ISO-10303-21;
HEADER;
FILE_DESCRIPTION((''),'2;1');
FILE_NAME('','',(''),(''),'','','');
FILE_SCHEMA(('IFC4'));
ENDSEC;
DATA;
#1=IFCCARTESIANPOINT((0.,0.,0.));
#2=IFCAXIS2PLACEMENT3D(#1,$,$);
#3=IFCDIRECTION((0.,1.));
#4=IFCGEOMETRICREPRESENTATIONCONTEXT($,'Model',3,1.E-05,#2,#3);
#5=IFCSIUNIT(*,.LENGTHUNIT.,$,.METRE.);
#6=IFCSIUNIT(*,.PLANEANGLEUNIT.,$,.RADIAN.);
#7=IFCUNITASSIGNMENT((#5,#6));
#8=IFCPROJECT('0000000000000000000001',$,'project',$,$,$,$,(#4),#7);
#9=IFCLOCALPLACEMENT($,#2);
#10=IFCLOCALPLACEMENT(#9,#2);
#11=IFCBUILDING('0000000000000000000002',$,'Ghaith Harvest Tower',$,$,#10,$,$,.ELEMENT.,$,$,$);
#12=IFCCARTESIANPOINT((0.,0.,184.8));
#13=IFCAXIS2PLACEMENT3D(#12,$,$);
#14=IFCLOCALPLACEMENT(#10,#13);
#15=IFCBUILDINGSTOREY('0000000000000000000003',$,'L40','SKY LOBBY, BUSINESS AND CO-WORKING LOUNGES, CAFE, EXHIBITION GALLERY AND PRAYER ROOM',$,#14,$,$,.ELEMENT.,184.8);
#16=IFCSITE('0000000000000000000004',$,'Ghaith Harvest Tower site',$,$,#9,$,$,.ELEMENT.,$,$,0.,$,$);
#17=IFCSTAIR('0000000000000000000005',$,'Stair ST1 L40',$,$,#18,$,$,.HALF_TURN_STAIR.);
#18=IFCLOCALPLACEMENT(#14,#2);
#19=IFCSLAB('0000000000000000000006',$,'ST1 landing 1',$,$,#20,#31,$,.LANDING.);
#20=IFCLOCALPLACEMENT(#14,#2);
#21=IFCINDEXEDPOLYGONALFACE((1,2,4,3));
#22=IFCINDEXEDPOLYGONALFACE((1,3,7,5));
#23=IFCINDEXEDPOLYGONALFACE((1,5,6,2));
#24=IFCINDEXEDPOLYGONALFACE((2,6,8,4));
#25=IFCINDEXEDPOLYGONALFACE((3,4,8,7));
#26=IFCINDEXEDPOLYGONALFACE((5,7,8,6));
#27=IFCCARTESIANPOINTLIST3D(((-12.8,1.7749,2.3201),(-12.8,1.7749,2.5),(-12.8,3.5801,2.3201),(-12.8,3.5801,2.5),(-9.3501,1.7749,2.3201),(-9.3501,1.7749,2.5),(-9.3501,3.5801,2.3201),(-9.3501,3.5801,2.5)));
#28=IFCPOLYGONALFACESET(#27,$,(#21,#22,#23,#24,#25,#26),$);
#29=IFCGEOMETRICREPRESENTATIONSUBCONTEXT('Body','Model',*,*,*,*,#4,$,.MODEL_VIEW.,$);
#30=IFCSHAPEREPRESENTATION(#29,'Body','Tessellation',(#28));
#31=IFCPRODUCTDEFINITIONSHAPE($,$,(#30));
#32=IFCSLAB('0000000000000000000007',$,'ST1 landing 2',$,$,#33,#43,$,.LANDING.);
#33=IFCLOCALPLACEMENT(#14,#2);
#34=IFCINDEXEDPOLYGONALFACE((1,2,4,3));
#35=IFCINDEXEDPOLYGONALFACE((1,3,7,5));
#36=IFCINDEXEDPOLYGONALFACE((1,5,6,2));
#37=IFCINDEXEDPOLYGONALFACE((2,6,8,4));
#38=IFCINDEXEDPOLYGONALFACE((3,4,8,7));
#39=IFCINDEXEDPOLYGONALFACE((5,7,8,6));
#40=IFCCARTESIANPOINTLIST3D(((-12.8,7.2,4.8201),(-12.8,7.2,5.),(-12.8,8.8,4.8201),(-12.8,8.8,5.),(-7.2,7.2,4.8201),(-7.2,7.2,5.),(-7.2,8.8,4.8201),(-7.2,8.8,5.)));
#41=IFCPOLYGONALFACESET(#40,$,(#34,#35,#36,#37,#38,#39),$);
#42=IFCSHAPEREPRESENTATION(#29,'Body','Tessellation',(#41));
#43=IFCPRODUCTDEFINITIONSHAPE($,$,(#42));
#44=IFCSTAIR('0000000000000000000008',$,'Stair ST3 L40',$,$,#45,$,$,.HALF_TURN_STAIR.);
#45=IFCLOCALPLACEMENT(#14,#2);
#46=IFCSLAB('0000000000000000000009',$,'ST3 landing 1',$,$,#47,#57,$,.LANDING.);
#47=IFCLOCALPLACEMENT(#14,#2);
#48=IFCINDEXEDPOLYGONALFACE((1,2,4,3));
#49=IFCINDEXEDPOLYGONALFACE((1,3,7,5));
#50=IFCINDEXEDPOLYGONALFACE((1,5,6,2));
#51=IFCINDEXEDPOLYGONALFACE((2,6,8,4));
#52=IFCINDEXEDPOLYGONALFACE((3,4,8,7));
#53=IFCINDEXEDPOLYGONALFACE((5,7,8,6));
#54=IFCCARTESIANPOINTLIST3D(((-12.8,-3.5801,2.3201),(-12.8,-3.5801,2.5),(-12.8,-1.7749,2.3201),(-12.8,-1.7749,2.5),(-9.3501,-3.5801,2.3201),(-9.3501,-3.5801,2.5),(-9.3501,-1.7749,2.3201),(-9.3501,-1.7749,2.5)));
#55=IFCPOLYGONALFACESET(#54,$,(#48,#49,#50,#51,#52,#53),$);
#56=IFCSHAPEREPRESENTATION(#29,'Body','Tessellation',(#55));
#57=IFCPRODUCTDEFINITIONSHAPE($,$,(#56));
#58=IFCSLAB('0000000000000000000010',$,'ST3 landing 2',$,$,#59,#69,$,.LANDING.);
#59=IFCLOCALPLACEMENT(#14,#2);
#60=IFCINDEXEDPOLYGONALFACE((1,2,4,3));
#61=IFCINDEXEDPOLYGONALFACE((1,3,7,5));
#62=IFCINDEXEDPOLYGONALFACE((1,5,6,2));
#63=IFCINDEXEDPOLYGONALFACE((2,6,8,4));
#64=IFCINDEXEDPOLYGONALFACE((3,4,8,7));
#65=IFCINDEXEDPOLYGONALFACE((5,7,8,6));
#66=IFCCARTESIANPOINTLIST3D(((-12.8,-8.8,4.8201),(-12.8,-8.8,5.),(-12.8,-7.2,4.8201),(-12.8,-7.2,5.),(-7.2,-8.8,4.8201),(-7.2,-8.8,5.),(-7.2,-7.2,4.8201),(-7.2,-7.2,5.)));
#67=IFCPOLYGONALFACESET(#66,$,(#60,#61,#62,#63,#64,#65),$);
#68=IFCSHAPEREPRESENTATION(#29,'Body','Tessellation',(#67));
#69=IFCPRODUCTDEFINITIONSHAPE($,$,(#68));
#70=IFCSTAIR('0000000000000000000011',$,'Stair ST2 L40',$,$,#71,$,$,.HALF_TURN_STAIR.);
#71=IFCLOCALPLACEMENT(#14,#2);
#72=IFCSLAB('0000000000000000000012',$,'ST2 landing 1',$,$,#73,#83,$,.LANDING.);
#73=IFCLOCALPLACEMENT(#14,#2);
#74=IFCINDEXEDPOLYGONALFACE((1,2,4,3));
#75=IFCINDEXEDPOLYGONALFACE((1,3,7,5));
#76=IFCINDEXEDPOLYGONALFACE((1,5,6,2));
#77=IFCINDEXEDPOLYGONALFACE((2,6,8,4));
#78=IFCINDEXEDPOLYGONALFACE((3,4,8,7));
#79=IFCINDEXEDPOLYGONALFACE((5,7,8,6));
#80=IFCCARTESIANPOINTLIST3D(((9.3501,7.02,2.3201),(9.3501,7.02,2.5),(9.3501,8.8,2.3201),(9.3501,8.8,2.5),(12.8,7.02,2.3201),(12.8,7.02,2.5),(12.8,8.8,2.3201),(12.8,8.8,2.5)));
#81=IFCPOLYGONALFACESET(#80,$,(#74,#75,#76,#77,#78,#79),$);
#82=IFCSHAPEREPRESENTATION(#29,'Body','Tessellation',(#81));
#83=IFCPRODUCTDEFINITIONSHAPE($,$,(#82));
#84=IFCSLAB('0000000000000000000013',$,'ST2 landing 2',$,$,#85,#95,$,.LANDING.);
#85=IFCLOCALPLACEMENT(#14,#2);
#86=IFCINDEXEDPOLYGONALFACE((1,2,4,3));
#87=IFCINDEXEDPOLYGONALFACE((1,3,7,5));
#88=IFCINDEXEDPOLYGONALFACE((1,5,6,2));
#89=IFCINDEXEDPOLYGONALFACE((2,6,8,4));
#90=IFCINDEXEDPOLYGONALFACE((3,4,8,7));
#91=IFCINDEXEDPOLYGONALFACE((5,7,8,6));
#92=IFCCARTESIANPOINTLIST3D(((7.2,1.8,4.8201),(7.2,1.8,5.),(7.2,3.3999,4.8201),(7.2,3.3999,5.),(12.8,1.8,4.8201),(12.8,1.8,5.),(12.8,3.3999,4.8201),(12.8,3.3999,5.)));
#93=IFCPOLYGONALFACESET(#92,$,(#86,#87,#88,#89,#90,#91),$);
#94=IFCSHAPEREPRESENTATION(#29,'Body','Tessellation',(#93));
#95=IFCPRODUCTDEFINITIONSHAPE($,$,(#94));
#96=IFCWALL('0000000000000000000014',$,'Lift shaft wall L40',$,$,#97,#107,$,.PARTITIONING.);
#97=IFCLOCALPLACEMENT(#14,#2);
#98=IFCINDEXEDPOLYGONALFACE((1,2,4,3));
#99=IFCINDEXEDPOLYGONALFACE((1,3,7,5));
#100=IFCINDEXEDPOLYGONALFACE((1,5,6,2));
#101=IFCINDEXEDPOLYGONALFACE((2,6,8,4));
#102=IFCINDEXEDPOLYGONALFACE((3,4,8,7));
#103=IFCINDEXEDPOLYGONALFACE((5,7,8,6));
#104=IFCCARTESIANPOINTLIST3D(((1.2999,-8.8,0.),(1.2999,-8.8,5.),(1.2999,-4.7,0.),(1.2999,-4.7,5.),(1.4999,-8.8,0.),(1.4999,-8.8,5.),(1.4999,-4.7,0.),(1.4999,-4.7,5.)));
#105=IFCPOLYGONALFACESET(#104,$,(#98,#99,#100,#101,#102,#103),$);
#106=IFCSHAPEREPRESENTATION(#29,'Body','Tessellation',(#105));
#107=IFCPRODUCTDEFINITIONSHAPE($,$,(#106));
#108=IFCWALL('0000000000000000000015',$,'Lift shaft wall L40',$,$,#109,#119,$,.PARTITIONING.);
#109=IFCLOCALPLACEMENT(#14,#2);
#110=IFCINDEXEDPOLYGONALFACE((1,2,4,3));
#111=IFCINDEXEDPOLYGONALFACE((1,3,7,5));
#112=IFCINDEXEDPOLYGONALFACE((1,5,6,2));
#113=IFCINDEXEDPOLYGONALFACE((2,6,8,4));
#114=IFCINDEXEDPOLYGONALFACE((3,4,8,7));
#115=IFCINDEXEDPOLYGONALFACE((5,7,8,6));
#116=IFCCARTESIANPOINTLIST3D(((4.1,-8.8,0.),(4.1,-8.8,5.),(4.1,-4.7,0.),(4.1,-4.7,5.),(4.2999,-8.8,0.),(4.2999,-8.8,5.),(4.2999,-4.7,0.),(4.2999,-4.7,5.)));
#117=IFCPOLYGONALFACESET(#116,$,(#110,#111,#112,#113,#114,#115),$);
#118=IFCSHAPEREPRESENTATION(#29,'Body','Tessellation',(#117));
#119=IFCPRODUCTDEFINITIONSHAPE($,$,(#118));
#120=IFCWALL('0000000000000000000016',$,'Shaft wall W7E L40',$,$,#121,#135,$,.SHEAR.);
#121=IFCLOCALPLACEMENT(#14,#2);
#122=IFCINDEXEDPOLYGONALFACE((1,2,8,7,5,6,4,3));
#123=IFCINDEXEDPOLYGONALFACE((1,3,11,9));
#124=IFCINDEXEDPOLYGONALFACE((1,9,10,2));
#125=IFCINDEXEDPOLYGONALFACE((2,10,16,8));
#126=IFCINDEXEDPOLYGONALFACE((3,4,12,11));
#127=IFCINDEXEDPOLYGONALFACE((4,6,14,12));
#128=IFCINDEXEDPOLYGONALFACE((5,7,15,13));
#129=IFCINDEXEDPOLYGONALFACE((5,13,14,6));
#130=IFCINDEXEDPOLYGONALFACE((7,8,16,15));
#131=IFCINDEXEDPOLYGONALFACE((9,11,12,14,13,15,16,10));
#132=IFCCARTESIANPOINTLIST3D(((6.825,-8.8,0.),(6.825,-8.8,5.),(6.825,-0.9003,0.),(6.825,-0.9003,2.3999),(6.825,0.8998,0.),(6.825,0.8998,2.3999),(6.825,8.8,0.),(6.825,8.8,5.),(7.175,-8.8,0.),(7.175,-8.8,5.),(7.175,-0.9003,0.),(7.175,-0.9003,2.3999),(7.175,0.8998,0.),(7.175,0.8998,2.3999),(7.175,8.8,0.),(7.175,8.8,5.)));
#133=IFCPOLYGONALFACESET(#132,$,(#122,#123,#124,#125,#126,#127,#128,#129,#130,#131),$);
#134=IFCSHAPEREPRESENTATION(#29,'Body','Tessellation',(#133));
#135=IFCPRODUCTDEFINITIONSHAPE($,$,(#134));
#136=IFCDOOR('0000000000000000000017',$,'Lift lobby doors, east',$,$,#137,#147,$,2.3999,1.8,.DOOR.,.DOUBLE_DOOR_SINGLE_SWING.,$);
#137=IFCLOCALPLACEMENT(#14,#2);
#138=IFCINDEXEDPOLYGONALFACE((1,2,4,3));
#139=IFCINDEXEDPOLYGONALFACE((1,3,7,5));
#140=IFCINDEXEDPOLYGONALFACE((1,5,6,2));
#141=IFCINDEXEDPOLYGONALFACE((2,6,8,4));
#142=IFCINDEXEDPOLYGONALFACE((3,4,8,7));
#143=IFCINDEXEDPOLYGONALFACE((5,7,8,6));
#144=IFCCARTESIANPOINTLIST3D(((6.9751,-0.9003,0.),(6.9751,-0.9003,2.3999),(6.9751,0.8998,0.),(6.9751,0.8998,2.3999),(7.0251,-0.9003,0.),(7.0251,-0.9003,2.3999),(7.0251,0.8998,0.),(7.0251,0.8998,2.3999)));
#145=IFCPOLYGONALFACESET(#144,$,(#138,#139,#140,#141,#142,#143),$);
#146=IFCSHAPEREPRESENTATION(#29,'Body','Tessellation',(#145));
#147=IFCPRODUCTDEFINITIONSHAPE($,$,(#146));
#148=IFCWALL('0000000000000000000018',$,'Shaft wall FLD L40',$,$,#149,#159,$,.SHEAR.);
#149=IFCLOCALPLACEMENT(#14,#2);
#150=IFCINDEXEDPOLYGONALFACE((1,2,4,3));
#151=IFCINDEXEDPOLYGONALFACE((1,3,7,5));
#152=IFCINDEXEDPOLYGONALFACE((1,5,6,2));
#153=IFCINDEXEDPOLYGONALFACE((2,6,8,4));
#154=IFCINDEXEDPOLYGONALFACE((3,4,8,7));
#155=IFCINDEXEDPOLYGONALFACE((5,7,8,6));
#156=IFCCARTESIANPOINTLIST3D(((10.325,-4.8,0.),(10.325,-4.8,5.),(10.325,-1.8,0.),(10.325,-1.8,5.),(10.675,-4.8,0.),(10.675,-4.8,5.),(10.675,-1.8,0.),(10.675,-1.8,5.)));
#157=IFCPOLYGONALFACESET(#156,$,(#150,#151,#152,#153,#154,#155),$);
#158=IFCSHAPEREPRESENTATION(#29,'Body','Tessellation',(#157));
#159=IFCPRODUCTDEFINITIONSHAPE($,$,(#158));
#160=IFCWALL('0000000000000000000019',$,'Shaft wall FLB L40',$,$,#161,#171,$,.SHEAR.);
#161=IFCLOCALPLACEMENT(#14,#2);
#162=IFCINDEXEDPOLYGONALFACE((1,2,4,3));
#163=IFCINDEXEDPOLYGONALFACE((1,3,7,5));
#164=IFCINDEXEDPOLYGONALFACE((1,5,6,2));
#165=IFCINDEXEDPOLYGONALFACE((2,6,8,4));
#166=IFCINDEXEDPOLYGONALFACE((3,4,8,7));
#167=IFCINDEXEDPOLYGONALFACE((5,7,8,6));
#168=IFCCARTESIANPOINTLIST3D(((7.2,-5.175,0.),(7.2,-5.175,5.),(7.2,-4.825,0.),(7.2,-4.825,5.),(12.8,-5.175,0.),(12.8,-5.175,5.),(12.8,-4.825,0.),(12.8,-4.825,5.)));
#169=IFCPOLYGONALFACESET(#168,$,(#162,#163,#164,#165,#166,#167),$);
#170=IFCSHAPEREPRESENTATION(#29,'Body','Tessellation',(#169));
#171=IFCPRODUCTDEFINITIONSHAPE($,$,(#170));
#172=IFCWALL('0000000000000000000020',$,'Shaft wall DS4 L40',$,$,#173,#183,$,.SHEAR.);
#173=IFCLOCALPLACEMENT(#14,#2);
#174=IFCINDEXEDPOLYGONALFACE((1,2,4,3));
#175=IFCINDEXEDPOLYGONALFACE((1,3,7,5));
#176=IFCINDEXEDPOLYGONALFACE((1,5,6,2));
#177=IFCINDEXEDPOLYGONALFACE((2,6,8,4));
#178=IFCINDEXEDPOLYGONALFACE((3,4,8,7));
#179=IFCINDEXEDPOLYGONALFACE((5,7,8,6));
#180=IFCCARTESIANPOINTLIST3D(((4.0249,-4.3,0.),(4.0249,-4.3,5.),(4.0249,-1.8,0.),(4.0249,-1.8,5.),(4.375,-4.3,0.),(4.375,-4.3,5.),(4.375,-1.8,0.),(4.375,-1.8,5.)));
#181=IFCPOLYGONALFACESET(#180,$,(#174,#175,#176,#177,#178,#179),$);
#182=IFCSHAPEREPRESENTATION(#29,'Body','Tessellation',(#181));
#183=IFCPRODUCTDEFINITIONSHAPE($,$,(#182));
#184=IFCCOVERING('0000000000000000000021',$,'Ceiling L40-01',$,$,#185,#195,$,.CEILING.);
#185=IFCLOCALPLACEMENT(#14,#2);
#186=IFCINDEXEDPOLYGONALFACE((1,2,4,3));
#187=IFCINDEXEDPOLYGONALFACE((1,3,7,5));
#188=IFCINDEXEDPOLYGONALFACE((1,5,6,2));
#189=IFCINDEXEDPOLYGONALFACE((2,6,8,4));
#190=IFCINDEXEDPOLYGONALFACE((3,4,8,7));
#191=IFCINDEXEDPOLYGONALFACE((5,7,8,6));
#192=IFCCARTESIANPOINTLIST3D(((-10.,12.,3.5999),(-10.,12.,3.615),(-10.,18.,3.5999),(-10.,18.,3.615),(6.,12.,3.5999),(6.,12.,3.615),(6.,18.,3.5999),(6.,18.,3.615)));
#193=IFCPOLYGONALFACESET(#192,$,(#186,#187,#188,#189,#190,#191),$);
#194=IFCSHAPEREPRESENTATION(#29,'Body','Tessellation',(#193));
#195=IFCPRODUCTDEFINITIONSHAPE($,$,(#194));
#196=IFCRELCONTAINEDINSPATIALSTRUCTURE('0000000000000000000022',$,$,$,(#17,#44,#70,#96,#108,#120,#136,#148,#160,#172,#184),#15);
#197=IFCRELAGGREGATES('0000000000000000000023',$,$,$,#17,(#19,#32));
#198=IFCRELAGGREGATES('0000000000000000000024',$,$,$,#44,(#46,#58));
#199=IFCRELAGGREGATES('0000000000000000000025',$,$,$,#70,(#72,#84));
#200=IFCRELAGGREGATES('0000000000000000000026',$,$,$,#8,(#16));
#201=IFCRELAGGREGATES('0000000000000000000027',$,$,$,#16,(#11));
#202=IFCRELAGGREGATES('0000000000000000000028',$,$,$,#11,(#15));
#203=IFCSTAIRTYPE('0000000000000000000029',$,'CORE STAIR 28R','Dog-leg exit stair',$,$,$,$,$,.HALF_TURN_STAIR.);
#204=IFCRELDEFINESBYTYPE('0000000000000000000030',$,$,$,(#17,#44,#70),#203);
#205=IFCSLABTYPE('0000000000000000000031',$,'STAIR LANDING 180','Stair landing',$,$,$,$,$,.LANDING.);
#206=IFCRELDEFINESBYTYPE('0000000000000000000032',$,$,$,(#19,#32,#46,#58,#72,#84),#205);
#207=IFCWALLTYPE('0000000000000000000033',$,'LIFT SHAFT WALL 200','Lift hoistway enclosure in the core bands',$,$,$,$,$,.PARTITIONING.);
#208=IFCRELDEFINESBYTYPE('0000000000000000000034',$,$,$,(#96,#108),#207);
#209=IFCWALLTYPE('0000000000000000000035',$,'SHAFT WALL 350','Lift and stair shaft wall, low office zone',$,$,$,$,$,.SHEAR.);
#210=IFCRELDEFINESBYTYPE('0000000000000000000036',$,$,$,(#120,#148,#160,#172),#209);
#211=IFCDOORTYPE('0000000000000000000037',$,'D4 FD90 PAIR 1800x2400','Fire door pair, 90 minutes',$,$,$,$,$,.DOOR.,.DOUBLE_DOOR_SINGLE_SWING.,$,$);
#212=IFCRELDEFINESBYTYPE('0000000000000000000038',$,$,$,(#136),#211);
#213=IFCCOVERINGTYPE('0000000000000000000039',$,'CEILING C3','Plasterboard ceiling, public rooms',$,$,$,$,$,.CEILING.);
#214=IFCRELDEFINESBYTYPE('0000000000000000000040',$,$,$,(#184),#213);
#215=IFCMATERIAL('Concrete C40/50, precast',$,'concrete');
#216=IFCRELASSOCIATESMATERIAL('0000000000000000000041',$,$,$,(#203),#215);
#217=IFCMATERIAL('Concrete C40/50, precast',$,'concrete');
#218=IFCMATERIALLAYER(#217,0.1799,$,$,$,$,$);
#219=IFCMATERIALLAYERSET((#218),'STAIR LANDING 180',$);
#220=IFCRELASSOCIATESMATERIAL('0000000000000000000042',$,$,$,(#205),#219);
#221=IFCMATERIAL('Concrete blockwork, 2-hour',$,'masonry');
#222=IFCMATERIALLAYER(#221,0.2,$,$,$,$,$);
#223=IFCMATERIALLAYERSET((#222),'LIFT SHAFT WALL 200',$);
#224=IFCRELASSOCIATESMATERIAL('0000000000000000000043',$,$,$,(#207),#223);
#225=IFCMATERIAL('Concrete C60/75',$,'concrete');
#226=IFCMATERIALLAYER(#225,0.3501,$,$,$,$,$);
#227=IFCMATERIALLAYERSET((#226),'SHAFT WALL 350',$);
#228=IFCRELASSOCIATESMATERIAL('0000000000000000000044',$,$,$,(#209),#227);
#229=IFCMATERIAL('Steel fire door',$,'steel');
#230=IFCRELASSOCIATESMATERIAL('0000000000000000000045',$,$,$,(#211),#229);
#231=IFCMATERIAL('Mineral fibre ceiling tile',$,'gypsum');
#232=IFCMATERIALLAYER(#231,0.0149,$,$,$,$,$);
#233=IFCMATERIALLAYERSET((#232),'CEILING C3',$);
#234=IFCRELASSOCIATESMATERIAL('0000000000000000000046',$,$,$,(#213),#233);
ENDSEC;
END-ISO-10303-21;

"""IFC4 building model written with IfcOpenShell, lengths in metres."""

from ifc_helpers import new_model, si_unit, direction, frame, frame_2d, origin, place, context, subcontext, project, spatial, polyline, rectangle, outline, extrude, material, layer, layer_set, type_object, element, fill, aggregate, save


model = new_model("IFC4")

# Units and contexts
model_context = context("Model", 3, precision=1e-05, world=origin(), true_north=direction((0.0, 1.0)))
body_context = subcontext(model_context, "Body", "Model", "MODEL_VIEW")
ifc_project = project(units=[si_unit("LENGTHUNIT", "METRE"), si_unit("PLANEANGLEUNIT", "RADIAN")], contexts=[model_context])

# Site, building, storey
site_placement = place(None, origin())
site = spatial("IfcSite", under=ifc_project, at=site_placement, Name="Ghaith Harvest Tower site", CompositionType="ELEMENT", RefElevation=0.0)
building_placement = place(site_placement, origin())
building = spatial("IfcBuilding", under=site, at=building_placement, Name="Ghaith Harvest Tower", CompositionType="ELEMENT")
storey_placement = place(building_placement, frame((0.0, 0.0, 184.8)))
storey = spatial("IfcBuildingStorey", under=building, at=storey_placement, Name="L40", Description="SKY LOBBY, BUSINESS AND CO-WORKING LOUNGES, CAFE, EXHIBITION GALLERY AND PRAYER ROOM", CompositionType="ELEMENT", Elevation=184.8)

# Stairs, slabs
ifc_material_1 = material(Name="Concrete C40/50, precast", Category="concrete")
stair_type = type_object("IfcStairType", Name="CORE STAIR 28R", Description="Dog-leg exit stair", PredefinedType="HALF_TURN_STAIR", material=ifc_material_1)
stair_1_placement = place(storey_placement, origin())
stair_1 = element("IfcStair", 1, at=stair_1_placement, inside=storey, type_object=stair_type, Name="Stair ST1 L40", PredefinedType="HALF_TURN_STAIR")
ifc_material_2 = material(Name="Concrete C40/50, precast", Category="concrete")
ifc_layer_1 = layer(ifc_material_2, 0.1799)
ifc_layer_set_1 = layer_set([ifc_layer_1], Name="STAIR LANDING 180")
slab_type_1 = type_object("IfcSlabType", Name="STAIR LANDING 180", Description="Stair landing", PredefinedType="LANDING", material=ifc_layer_set_1)
slab_1_placement = place(storey_placement, frame((0.0, 0.0, 2.3201)))
slab_1 = element("IfcSlab", 2, at=slab_1_placement, type_object=slab_type_1, Name="ST1 landing 1", PredefinedType="LANDING", context=body_context, shape_type="SweptSolid", body=[
    extrude(outline(polyline([(-12.8, 3.5801), (-12.8, 1.7749), (-9.3501, 1.7749), (-9.3501, 3.5801), (-12.8, 3.5801)])), origin(), (0.0, 0.0, 1.0), 0.1799),
])
slab_2_placement = place(storey_placement, frame((0.0, 0.0, 4.8201)))
slab_2 = element("IfcSlab", 3, at=slab_2_placement, type_object=slab_type_1, Name="ST1 landing 2", PredefinedType="LANDING", context=body_context, shape_type="SweptSolid", body=[
    extrude(outline(polyline([(-12.8, 8.8), (-12.8, 7.2), (-7.2, 7.2), (-7.2, 8.8), (-12.8, 8.8)])), origin(), (0.0, 0.0, 1.0), 0.1799),
])
aggregate(stair_1, [slab_1, slab_2])
stair_2_placement = place(storey_placement, origin())
stair_2 = element("IfcStair", 4, at=stair_2_placement, inside=storey, type_object=stair_type, Name="Stair ST3 L40", PredefinedType="HALF_TURN_STAIR")
slab_3_placement = place(storey_placement, frame((0.0, 0.0, 2.3201)))
slab_3 = element("IfcSlab", 5, at=slab_3_placement, type_object=slab_type_1, Name="ST3 landing 1", PredefinedType="LANDING", context=body_context, shape_type="SweptSolid", body=[
    extrude(outline(polyline([(-12.8, -3.5801), (-12.8, -1.7749), (-9.3501, -1.7749), (-9.3501, -3.5801), (-12.8, -3.5801)])), origin(), (0.0, 0.0, 1.0), 0.1799),
])
slab_4_placement = place(storey_placement, frame((0.0, 0.0, 4.8201)))
slab_4 = element("IfcSlab", 6, at=slab_4_placement, type_object=slab_type_1, Name="ST3 landing 2", PredefinedType="LANDING", context=body_context, shape_type="SweptSolid", body=[
    extrude(outline(polyline([(-12.8, -8.8), (-12.8, -7.2), (-7.2, -7.2), (-7.2, -8.8), (-12.8, -8.8)])), origin(), (0.0, 0.0, 1.0), 0.1799),
])
aggregate(stair_2, [slab_3, slab_4])
stair_3_placement = place(storey_placement, origin())
stair_3 = element("IfcStair", 7, at=stair_3_placement, inside=storey, type_object=stair_type, Name="Stair ST2 L40", PredefinedType="HALF_TURN_STAIR")
slab_5_placement = place(storey_placement, frame((0.0, 0.0, 2.3201)))
slab_5 = element("IfcSlab", 8, at=slab_5_placement, type_object=slab_type_1, Name="ST2 landing 1", PredefinedType="LANDING", context=body_context, shape_type="SweptSolid", body=[
    extrude(outline(polyline([(12.8, 7.02), (12.8, 8.8), (9.3501, 8.8), (9.3501, 7.02), (12.8, 7.02)])), origin(), (0.0, 0.0, 1.0), 0.1799),
])
slab_6_placement = place(storey_placement, frame((0.0, 0.0, 4.8201)))
slab_6 = element("IfcSlab", 9, at=slab_6_placement, type_object=slab_type_1, Name="ST2 landing 2", PredefinedType="LANDING", context=body_context, shape_type="SweptSolid", body=[
    extrude(outline(polyline([(12.8, 1.8), (12.8, 3.3999), (7.2, 3.3999), (7.2, 1.8), (12.8, 1.8)])), origin(), (0.0, 0.0, 1.0), 0.1799),
])
aggregate(stair_3, [slab_5, slab_6])

# Walls
ifc_material_3 = material(Name="Concrete blockwork, 2-hour", Category="masonry")
ifc_layer_2 = layer(ifc_material_3, 0.2)
ifc_layer_set_2 = layer_set([ifc_layer_2], Name="LIFT SHAFT WALL 200")
wall_type_1 = type_object("IfcWallType", Name="LIFT SHAFT WALL 200", Description="Lift hoistway enclosure in the core bands", PredefinedType="PARTITIONING", material=ifc_layer_set_2)
for number, where, z_axis, x_axis, name in (
    (10, (1.3999, -4.7, 0.0), (0.0, 0.0, 1.0), (0.0, -1.0, 0.0), "Lift shaft wall L40"),
    (11, (4.2, -4.7, 0.0), (0.0, 0.0, 1.0), (0.0, -1.0, 0.0), "Lift shaft wall L40"),
):
    element("IfcWall", number, at=place(storey_placement, frame(where, z_axis=z_axis, x_axis=x_axis)), inside=storey, type_object=wall_type_1, Name=name, PredefinedType="PARTITIONING", context=body_context, shape_type="SweptSolid", body=[
        extrude(rectangle(XDim=4.1001, YDim=0.2, at=frame_2d((2.05, 0.0))), origin(), (0.0, 0.0, 1.0), 5.0),
    ])

# Wall, opening, door
ifc_material_4 = material(Name="Concrete C60/75", Category="concrete")
ifc_layer_3 = layer(ifc_material_4, 0.3501)
ifc_layer_set_3 = layer_set([ifc_layer_3], Name="SHAFT WALL 350")
wall_type_2 = type_object("IfcWallType", Name="SHAFT WALL 350", Description="Lift and stair shaft wall, low office zone", PredefinedType="SHEAR", material=ifc_layer_set_3)
wall_1_placement = place(storey_placement, frame((7.0, -8.8, 0.0), z_axis=(0.0, 0.0, 1.0), x_axis=(0.0, 1.0, 0.0)))
wall_1 = element("IfcWall", 12, at=wall_1_placement, inside=storey, type_object=wall_type_2, Name="Shaft wall W7E L40", PredefinedType="SHEAR", context=body_context, shape_type="SweptSolid", body=[
    extrude(rectangle(XDim=17.6001, YDim=0.3501, at=frame_2d((8.8, 0.0))), origin(), (0.0, 0.0, 1.0), 5.0),
])
opening_1_placement = place(wall_1_placement, frame((7.8999, 0.0, 0.0)))
opening_1 = element("IfcOpeningElement", 13, at=opening_1_placement, cuts=wall_1, PredefinedType="OPENING", context=body_context, shape_type="SweptSolid", body=[
    extrude(rectangle(XDim=1.8, YDim=2.3999, at=frame_2d((0.8999, 1.2))), frame((0.0, 0.1851, 0.0), z_axis=(0.0, -1.0, 0.0), x_axis=(1.0, 0.0, 0.0)), (0.0, 0.0, 1.0), 0.3701),
])
ifc_material_5 = material(Name="Steel fire door", Category="steel")
door_type_1 = type_object("IfcDoorType", Name="D4 FD90 PAIR 1800x2400", Description="Fire door pair, 90 minutes", OperationType="DOUBLE_DOOR_SINGLE_SWING", PredefinedType="DOOR", material=ifc_material_5)
door_1_placement = place(opening_1_placement, origin())
door_1 = element("IfcDoor", 14, at=door_1_placement, inside=storey, type_object=door_type_1, Name="Lift lobby doors, east", OperationType="DOUBLE_DOOR_SINGLE_SWING", OverallHeight=2.3999, OverallWidth=1.8, PredefinedType="DOOR", context=body_context, shape_type="SweptSolid", body=[
    extrude(rectangle(XDim=1.8, YDim=2.3999, at=frame_2d((0.8999, 1.2))), frame((0.0, 0.0249, 0.0), z_axis=(0.0, -1.0, 0.0), x_axis=(1.0, 0.0, 0.0)), (0.0, 0.0, 1.0), 0.05),
])
fill(opening_1, door_1)

# Walls
wall_2_placement = place(storey_placement, frame((10.5, -4.8, 0.0), z_axis=(0.0, 0.0, 1.0), x_axis=(0.0, 1.0, 0.0)))
element("IfcWall", 15, at=wall_2_placement, inside=storey, type_object=wall_type_2, Name="Shaft wall FLD L40", PredefinedType="SHEAR", context=body_context, shape_type="SweptSolid", body=[
    extrude(rectangle(XDim=3.0, YDim=0.3501, at=frame_2d((1.5, 0.0))), origin(), (0.0, 0.0, 1.0), 5.0),
])
wall_3_placement = place(storey_placement, frame((7.2, -5.0, 0.0), z_axis=(0.0, 0.0, 1.0), x_axis=(1.0, 0.0, 0.0)))
element("IfcWall", 16, at=wall_3_placement, inside=storey, type_object=wall_type_2, Name="Shaft wall FLB L40", PredefinedType="SHEAR", context=body_context, shape_type="SweptSolid", body=[
    extrude(rectangle(XDim=5.6001, YDim=0.3501, at=frame_2d((2.8, 0.0))), origin(), (0.0, 0.0, 1.0), 5.0),
])
wall_4_placement = place(storey_placement, frame((4.2, -4.3, 0.0), z_axis=(0.0, 0.0, 1.0), x_axis=(0.0, 1.0, 0.0)))
element("IfcWall", 17, at=wall_4_placement, inside=storey, type_object=wall_type_2, Name="Shaft wall DS4 L40", PredefinedType="SHEAR", context=body_context, shape_type="SweptSolid", body=[
    extrude(rectangle(XDim=2.5, YDim=0.3501, at=frame_2d((1.25, 0.0))), origin(), (0.0, 0.0, 1.0), 5.0),
])

# Covering
ifc_material_6 = material(Name="Mineral fibre ceiling tile", Category="gypsum")
ifc_layer_4 = layer(ifc_material_6, 0.0149)
ifc_layer_set_4 = layer_set([ifc_layer_4], Name="CEILING C3")
covering_type = type_object("IfcCoveringType", Name="CEILING C3", Description="Plasterboard ceiling, public rooms", PredefinedType="CEILING", material=ifc_layer_set_4)
covering_1_placement = place(storey_placement, frame((0.0, 0.0, 3.5999)))
element("IfcCovering", 18, at=covering_1_placement, inside=storey, type_object=covering_type, Name="Ceiling L40-01", PredefinedType="CEILING", context=body_context, shape_type="SweptSolid", body=[
    extrude(outline(polyline([(-10.0, 12.0), (6.0, 12.0), (6.0, 18.0), (-10.0, 18.0), (-10.0, 12.0)])), origin(), (0.0, 0.0, 1.0), 0.0151),
])

save(model, "model.ifc")
